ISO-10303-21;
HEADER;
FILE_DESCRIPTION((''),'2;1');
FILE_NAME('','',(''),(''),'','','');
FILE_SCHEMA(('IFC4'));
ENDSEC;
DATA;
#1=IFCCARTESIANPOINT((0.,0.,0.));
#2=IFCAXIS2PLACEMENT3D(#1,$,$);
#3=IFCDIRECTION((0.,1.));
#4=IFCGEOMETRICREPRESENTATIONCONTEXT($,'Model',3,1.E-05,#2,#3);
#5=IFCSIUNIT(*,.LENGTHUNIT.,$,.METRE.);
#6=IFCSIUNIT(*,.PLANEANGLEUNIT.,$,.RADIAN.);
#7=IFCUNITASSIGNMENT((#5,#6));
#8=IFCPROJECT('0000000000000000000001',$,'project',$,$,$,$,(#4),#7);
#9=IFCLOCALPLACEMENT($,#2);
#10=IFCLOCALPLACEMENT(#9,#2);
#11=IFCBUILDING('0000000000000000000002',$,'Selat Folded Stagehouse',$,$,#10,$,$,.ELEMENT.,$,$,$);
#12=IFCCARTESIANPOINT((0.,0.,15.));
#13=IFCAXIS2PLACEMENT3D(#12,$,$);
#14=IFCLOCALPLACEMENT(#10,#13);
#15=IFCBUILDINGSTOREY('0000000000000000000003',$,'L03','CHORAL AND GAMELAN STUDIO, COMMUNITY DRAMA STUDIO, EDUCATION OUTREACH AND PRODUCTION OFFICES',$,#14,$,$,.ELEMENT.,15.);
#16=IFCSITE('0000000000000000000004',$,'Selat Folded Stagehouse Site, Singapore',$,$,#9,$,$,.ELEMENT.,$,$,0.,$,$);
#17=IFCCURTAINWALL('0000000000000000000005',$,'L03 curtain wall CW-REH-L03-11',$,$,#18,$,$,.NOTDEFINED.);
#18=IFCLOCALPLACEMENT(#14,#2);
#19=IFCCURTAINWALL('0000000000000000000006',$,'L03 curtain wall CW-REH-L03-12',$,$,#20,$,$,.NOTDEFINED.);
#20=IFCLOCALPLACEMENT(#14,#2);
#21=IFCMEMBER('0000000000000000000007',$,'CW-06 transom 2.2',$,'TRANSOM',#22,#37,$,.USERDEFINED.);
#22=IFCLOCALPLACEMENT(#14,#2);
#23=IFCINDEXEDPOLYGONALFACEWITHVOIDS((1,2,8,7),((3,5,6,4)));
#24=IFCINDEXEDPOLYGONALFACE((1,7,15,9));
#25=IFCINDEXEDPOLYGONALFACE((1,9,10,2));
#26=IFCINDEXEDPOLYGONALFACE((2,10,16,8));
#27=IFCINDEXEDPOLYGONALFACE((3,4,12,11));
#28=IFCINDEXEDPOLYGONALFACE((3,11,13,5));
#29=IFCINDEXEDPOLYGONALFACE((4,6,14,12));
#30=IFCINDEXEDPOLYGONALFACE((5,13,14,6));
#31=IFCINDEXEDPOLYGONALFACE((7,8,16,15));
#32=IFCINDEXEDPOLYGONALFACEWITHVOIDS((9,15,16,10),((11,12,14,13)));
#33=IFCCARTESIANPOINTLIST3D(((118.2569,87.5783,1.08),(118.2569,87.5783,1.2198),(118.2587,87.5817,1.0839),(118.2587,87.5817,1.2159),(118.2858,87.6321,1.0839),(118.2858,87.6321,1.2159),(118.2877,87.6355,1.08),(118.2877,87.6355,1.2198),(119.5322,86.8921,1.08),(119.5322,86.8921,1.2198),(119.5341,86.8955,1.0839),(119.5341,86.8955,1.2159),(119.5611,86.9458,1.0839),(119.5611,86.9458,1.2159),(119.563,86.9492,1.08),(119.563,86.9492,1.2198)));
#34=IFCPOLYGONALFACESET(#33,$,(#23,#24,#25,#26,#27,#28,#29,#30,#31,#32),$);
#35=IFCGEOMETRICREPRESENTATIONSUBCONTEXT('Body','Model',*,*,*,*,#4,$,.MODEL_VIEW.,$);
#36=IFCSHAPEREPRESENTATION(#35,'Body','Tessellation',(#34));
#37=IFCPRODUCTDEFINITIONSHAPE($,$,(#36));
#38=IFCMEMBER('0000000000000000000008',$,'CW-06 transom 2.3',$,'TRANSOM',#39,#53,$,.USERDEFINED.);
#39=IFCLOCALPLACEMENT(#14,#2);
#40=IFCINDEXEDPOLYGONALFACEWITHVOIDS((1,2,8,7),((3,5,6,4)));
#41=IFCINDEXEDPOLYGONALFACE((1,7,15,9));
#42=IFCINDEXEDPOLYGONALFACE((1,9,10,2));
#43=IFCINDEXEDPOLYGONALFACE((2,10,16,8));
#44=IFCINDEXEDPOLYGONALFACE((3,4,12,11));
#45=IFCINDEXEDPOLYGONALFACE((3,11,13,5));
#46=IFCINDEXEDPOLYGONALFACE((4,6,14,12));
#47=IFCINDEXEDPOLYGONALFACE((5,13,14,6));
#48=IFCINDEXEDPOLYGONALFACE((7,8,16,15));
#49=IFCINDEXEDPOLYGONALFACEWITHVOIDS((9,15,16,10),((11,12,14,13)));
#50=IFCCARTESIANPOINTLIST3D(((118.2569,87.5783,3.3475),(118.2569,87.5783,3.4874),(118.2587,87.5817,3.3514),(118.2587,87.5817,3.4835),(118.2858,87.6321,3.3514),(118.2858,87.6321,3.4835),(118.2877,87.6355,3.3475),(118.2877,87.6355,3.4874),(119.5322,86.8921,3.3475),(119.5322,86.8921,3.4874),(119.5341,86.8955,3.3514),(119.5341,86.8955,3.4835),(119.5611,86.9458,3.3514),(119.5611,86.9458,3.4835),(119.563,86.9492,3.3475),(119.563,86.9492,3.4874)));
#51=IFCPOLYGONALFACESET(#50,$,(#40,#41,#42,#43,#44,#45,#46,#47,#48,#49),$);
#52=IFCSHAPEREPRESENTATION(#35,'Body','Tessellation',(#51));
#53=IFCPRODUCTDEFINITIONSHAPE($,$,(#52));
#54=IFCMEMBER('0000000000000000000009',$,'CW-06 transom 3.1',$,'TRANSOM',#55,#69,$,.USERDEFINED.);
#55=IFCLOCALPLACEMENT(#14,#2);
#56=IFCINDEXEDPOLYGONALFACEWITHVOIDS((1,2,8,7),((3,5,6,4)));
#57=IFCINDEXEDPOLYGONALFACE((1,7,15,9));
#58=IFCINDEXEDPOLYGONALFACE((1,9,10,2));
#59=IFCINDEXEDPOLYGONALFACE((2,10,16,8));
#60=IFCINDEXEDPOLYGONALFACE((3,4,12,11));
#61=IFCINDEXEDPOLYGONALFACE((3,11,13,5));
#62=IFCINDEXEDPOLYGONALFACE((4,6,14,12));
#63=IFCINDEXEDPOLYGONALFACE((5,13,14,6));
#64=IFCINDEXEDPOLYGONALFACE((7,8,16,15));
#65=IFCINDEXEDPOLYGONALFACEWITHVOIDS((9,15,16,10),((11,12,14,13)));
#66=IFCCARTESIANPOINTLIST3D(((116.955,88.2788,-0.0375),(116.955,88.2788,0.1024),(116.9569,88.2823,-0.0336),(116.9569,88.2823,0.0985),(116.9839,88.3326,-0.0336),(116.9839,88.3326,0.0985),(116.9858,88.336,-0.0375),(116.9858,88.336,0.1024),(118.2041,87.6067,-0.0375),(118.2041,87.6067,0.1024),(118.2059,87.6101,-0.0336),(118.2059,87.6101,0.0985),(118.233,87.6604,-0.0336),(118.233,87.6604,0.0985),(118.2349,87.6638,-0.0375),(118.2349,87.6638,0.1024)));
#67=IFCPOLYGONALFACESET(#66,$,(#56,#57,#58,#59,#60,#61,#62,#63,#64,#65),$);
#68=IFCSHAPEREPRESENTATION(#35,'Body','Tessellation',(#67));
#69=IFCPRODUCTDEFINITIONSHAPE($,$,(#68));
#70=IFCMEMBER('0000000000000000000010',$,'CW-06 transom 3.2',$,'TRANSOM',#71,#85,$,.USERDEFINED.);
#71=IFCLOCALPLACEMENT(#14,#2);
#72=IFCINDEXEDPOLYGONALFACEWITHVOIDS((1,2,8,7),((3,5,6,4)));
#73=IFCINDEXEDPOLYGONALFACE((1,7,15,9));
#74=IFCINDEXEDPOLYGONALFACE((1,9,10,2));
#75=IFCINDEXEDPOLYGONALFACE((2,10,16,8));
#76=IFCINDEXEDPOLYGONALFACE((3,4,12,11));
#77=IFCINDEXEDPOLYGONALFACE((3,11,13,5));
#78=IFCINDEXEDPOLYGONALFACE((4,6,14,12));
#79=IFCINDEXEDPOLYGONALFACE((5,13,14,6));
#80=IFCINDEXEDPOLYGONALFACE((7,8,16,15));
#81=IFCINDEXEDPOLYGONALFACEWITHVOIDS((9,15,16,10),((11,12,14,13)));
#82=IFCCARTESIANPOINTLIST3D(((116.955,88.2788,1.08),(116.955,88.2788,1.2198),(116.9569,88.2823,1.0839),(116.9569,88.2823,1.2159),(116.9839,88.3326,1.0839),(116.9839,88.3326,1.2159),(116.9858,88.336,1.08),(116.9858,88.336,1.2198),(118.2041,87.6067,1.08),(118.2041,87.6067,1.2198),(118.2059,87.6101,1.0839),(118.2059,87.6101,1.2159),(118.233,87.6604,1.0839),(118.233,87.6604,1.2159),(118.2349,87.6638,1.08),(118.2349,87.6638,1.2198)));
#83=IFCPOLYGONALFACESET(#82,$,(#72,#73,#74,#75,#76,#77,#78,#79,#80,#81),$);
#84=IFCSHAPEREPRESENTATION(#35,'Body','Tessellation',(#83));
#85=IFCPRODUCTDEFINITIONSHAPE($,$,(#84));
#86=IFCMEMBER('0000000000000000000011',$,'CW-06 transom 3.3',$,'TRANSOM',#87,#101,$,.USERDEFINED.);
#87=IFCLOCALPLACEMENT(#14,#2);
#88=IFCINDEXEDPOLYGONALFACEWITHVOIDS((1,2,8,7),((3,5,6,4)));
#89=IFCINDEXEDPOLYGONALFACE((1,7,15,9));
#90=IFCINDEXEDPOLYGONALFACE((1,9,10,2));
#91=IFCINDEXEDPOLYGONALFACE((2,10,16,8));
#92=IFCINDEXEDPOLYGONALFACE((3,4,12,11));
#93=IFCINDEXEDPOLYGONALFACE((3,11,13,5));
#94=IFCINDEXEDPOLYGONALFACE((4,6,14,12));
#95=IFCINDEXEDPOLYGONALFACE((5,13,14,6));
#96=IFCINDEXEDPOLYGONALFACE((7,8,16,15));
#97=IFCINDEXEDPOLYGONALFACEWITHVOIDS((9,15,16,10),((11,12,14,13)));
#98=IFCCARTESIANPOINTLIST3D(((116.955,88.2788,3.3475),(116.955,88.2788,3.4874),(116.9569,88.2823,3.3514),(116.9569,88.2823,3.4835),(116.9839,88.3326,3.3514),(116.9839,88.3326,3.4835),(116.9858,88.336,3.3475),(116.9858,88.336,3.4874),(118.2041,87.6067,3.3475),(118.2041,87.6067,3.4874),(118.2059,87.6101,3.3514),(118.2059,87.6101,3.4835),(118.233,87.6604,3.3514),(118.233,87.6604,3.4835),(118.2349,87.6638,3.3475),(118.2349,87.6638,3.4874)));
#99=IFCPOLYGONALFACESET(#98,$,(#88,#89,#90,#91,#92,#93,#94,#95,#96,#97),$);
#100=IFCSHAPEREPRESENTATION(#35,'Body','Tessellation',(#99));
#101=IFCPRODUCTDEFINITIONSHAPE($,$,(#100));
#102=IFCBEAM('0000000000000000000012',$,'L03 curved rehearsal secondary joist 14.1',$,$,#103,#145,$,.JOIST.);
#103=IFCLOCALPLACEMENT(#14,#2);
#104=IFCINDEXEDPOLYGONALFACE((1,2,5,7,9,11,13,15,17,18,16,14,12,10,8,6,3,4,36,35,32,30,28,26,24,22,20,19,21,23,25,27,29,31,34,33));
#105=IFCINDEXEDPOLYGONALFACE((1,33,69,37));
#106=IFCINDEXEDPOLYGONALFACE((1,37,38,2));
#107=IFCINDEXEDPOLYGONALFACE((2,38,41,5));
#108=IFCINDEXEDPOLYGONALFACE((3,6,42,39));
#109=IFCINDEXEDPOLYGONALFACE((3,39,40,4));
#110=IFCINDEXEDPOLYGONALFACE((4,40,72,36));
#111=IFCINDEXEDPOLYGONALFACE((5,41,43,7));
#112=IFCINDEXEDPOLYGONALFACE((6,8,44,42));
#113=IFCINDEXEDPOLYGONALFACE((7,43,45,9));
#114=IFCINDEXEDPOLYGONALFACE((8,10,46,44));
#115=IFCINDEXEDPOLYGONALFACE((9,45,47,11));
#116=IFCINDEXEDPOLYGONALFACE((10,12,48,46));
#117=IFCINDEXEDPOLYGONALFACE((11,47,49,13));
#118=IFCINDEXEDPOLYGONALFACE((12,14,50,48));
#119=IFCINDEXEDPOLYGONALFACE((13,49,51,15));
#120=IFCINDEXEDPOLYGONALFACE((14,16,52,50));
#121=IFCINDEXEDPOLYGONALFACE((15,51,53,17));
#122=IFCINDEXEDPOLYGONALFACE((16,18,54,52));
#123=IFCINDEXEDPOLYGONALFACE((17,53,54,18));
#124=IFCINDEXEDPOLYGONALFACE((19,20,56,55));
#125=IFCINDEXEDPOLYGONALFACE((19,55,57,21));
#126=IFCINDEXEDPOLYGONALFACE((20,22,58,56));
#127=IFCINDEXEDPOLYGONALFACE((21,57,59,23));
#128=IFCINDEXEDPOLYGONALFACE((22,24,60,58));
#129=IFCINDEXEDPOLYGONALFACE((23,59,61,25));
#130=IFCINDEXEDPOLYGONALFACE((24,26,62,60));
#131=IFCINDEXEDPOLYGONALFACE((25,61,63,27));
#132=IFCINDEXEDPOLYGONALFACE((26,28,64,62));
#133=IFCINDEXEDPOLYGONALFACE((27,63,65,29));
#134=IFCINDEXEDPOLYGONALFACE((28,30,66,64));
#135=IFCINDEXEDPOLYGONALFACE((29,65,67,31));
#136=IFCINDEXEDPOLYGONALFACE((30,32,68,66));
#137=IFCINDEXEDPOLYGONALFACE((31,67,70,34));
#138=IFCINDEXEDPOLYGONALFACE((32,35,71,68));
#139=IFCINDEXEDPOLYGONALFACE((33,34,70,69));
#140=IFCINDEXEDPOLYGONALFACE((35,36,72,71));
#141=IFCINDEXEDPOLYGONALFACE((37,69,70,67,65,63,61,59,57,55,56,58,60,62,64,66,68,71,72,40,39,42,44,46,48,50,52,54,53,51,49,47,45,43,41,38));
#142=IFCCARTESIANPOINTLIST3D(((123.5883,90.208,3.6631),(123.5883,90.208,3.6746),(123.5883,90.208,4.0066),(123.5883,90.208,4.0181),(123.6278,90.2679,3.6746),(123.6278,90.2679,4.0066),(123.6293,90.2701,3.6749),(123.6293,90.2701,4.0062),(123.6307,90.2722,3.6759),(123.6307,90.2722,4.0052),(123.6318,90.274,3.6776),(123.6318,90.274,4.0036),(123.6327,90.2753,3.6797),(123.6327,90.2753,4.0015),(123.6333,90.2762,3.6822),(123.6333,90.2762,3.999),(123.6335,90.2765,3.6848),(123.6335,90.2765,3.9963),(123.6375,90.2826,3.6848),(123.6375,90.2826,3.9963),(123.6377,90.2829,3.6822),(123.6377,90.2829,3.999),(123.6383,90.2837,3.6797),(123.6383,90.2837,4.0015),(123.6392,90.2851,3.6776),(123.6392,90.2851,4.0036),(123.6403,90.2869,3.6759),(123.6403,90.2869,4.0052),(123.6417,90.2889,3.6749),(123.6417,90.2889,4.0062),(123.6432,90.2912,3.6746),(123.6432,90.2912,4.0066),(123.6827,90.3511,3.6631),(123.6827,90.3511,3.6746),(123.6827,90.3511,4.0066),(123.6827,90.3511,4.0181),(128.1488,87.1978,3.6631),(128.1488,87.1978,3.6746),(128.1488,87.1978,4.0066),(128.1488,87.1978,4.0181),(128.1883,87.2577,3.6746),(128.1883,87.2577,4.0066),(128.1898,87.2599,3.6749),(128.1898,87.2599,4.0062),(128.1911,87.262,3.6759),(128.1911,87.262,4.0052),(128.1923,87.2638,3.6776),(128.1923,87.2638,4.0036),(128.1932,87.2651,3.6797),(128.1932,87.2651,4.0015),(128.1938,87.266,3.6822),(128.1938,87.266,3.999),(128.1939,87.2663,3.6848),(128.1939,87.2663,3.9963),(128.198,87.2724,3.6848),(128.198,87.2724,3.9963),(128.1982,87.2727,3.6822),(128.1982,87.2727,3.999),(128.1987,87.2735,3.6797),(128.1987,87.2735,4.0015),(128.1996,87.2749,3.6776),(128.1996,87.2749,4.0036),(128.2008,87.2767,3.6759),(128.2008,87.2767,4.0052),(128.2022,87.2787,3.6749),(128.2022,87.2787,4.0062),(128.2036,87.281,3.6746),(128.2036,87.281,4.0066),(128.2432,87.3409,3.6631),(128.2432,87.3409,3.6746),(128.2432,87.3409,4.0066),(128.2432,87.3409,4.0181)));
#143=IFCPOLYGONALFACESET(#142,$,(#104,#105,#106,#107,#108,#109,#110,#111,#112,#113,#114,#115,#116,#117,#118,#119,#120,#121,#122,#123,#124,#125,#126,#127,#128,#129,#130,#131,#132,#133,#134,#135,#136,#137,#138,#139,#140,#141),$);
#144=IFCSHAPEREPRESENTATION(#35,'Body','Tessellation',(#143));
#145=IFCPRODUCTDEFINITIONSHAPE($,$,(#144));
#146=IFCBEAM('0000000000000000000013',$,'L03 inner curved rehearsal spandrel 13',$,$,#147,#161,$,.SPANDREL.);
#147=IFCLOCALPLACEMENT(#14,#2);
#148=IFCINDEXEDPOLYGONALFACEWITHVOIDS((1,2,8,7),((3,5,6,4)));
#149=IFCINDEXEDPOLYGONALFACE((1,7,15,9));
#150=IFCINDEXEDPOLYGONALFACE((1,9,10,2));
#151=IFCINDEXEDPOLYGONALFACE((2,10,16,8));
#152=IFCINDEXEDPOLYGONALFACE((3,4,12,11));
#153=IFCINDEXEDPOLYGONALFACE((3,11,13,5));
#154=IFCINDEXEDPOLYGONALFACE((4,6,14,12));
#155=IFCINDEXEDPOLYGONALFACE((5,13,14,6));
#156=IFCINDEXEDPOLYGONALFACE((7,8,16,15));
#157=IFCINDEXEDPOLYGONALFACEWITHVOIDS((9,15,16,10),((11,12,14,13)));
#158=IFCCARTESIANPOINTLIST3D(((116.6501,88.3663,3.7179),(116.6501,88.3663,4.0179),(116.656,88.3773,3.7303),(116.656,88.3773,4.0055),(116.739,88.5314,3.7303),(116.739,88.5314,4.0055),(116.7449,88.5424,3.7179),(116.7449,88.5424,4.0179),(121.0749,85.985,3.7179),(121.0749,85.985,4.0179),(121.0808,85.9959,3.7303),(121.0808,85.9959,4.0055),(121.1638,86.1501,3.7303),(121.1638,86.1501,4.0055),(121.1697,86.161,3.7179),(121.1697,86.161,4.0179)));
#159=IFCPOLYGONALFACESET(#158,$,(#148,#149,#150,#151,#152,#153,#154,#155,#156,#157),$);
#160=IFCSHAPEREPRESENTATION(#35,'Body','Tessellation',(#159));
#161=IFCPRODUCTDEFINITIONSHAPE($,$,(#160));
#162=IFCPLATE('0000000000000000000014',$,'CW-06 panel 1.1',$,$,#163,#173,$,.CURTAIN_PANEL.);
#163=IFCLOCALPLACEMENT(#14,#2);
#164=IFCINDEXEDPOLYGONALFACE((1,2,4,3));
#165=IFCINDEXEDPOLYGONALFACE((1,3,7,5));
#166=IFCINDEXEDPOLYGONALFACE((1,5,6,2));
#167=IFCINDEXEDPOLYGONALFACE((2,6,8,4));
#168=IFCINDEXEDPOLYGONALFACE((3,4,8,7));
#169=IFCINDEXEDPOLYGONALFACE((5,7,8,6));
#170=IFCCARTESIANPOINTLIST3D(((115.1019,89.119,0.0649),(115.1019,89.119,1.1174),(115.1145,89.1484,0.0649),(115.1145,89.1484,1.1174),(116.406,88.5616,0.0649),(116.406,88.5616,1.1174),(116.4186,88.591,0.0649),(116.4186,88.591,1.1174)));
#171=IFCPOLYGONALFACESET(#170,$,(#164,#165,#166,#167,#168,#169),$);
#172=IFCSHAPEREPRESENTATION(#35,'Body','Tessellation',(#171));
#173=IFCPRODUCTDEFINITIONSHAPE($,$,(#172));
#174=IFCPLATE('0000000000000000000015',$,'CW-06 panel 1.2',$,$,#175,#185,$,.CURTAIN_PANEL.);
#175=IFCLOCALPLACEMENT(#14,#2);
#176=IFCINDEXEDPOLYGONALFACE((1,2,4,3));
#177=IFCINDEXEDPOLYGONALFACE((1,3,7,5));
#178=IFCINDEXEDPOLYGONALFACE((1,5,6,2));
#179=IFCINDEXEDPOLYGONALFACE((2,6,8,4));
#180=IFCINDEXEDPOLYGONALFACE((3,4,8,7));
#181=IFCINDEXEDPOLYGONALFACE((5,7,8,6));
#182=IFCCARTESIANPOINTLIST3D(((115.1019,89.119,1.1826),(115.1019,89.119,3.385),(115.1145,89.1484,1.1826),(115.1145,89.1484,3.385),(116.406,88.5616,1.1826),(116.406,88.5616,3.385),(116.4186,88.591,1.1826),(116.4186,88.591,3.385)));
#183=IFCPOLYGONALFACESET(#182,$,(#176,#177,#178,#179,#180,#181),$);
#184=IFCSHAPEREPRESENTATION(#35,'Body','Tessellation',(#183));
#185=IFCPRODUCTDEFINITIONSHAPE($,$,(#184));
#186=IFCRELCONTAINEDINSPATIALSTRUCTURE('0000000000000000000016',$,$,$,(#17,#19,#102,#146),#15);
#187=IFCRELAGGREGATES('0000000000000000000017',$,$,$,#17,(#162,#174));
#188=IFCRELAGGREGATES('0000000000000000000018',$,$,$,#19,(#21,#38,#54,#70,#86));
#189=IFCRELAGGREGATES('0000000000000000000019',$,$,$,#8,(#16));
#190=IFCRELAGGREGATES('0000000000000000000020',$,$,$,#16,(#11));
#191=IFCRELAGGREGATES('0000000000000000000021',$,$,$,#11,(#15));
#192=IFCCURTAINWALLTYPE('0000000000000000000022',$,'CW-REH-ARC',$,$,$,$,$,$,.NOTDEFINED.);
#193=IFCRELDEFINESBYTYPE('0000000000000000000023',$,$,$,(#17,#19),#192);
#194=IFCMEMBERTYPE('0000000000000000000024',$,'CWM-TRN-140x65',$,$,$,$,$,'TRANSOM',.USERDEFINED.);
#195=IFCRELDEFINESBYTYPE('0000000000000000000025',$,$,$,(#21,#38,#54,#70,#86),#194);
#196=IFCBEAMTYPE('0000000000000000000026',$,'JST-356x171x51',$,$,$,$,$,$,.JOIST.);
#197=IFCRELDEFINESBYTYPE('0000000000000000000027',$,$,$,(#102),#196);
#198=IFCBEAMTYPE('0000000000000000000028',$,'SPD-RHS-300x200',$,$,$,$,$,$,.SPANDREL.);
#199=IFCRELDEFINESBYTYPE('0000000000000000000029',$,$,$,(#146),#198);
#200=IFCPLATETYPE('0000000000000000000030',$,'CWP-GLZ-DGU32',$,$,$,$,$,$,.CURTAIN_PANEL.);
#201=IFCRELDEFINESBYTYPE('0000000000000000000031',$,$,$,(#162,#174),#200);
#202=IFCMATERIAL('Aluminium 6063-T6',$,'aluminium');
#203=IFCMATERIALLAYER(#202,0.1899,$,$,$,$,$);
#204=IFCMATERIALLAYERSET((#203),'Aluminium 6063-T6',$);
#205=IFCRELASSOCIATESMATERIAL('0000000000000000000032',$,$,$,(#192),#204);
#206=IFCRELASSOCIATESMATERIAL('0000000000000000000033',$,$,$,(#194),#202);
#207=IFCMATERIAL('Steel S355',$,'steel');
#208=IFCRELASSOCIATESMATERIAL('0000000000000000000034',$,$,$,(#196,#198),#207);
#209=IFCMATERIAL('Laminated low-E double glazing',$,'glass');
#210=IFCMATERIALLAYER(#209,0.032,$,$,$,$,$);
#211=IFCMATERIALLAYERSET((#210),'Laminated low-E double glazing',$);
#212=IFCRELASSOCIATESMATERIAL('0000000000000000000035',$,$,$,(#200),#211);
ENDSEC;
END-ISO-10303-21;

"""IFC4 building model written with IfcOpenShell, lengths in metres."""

from ifc_helpers import new_model, si_unit, direction, frame, origin, origin_2d, place, context, subcontext, project, spatial, rectangle, hollow_rectangle, i_section, extrude, material, layer, layer_set, material_profile, profile_set, type_object, element, aggregate, save


model = new_model("IFC4")

# Units and contexts
model_context = context("Model", 3, precision=1e-05, world=origin(), true_north=direction((0.0, 1.0)))
body_context = subcontext(model_context, "Body", "Model", "MODEL_VIEW")
ifc_project = project(units=[si_unit("LENGTHUNIT", "METRE"), si_unit("PLANEANGLEUNIT", "RADIAN")], contexts=[model_context])

# Site, building, storey
site_placement = place(None, origin())
site = spatial("IfcSite", under=ifc_project, at=site_placement, Name="Selat Folded Stagehouse Site, Singapore", CompositionType="ELEMENT", RefElevation=0.0)
building_placement = place(site_placement, origin())
building = spatial("IfcBuilding", under=site, at=building_placement, Name="Selat Folded Stagehouse", CompositionType="ELEMENT")
storey_placement = place(building_placement, frame((0.0, 0.0, 15.0)))
storey = spatial("IfcBuildingStorey", under=building, at=storey_placement, Name="L03", Description="CHORAL AND GAMELAN STUDIO, COMMUNITY DRAMA STUDIO, EDUCATION OUTREACH AND PRODUCTION OFFICES", CompositionType="ELEMENT", Elevation=15.0)

# Shared definitions
ifc_material_1 = material(Name="Steel S355", Category="steel")

# Curtain walls
ifc_material_2 = material(Name="Aluminium 6063-T6", Category="aluminium")
ifc_layer_1 = layer(ifc_material_2, 0.1899)
ifc_layer_set_1 = layer_set([ifc_layer_1], Name="Aluminium 6063-T6")
curtain_wall_type = type_object("IfcCurtainWallType", Name="CW-REH-ARC", PredefinedType="NOTDEFINED", material=ifc_layer_set_1)
curtain_wall_1_placement = place(storey_placement, origin())
curtain_wall_1 = element("IfcCurtainWall", 1, at=curtain_wall_1_placement, inside=storey, type_object=curtain_wall_type, Name="L03 curtain wall CW-REH-L03-11", PredefinedType="NOTDEFINED")
curtain_wall_2_placement = place(storey_placement, origin())
curtain_wall_2 = element("IfcCurtainWall", 2, at=curtain_wall_2_placement, inside=storey, type_object=curtain_wall_type, Name="L03 curtain wall CW-REH-L03-12", PredefinedType="NOTDEFINED")

# Members
ifc_material_profile_1 = material_profile(ifc_material_2, hollow_rectangle(XDim=0.0649, YDim=0.1399, WallThickness=0.0039, at=origin_2d()), Name="ALU 140x65x4.0")
ifc_profile_set_1 = profile_set([ifc_material_profile_1], Name="Aluminium 6063-T6")
member_type_1 = type_object("IfcMemberType", Name="CWM-TRN-140x65", ElementType="TRANSOM", PredefinedType="USERDEFINED", material=ifc_profile_set_1)
member_1_placement = place(storey_placement, frame((119.5476, 86.9207, 1.1499), z_axis=(-0.880606, 0.473848, 0.0), x_axis=(-0.473848, -0.880606, 0.0)))
member_1 = element("IfcMember", 3, at=member_1_placement, type_object=member_type_1, Name="CW-06 transom 2.2", ObjectType="TRANSOM", PredefinedType="USERDEFINED", context=body_context, shape_type="SweptSolid", body=[
    extrude(hollow_rectangle(XDim=0.0649, YDim=0.1399, WallThickness=0.0039, at=origin_2d()), origin(), (0.0, 0.0, 1.0), 1.4482),
])
member_2_placement = place(storey_placement, frame((119.5476, 86.9207, 3.4175), z_axis=(-0.880606, 0.473848, 0.0), x_axis=(-0.473848, -0.880606, 0.0)))
member_2 = element("IfcMember", 4, at=member_2_placement, type_object=member_type_1, Name="CW-06 transom 2.3", ObjectType="TRANSOM", PredefinedType="USERDEFINED", context=body_context, shape_type="SweptSolid", body=[
    extrude(hollow_rectangle(XDim=0.0649, YDim=0.1399, WallThickness=0.0039, at=origin_2d()), origin(), (0.0, 0.0, 1.0), 1.4482),
])
member_3_placement = place(storey_placement, frame((118.2195, 87.6353, 0.0325), z_axis=(-0.880598, 0.473864, 0.0), x_axis=(-0.473864, -0.880598, 0.0)))
member_3 = element("IfcMember", 5, at=member_3_placement, type_object=member_type_1, Name="CW-06 transom 3.1", ObjectType="TRANSOM", PredefinedType="USERDEFINED", context=body_context, shape_type="SweptSolid", body=[
    extrude(hollow_rectangle(XDim=0.0649, YDim=0.1399, WallThickness=0.0039, at=origin_2d()), origin(), (0.0, 0.0, 1.0), 1.4185),
])
member_4_placement = place(storey_placement, frame((118.2195, 87.6353, 1.1499), z_axis=(-0.880598, 0.473864, 0.0), x_axis=(-0.473864, -0.880598, 0.0)))
member_4 = element("IfcMember", 6, at=member_4_placement, type_object=member_type_1, Name="CW-06 transom 3.2", ObjectType="TRANSOM", PredefinedType="USERDEFINED", context=body_context, shape_type="SweptSolid", body=[
    extrude(hollow_rectangle(XDim=0.0649, YDim=0.1399, WallThickness=0.0039, at=origin_2d()), origin(), (0.0, 0.0, 1.0), 1.4185),
])
member_5_placement = place(storey_placement, frame((118.2195, 87.6353, 3.4175), z_axis=(-0.880598, 0.473864, 0.0), x_axis=(-0.473864, -0.880598, 0.0)))
member_5 = element("IfcMember", 7, at=member_5_placement, type_object=member_type_1, Name="CW-06 transom 3.3", ObjectType="TRANSOM", PredefinedType="USERDEFINED", context=body_context, shape_type="SweptSolid", body=[
    extrude(hollow_rectangle(XDim=0.0649, YDim=0.1399, WallThickness=0.0039, at=origin_2d()), origin(), (0.0, 0.0, 1.0), 1.4185),
])

# Beams
ifc_material_profile_2 = material_profile(ifc_material_1, i_section(OverallWidth=0.1714, OverallDepth=0.355, WebThickness=0.0073, FlangeThickness=0.0115, FilletRadius=0.0103, at=origin_2d()), Name="UKB 356x171x51")
ifc_profile_set_2 = profile_set([ifc_material_profile_2], Name="Steel S355")
beam_type_1 = type_object("IfcBeamType", Name="JST-356x171x51", PredefinedType="JOIST", material=ifc_profile_set_2)
beam_1_placement = place(storey_placement, frame((123.6355, 90.2795, 3.8406), z_axis=(0.834585, -0.55088, 0.0), x_axis=(0.55088, 0.834585, 0.0)))
element("IfcBeam", 8, at=beam_1_placement, inside=storey, type_object=beam_type_1, Name="L03 curved rehearsal secondary joist 14.1", PredefinedType="JOIST", context=body_context, shape_type="SweptSolid", body=[
    extrude(i_section(OverallWidth=0.1714, OverallDepth=0.355, WebThickness=0.0073, FlangeThickness=0.0115, FilletRadius=0.0103, at=origin_2d()), origin(), (0.0, 0.0, 1.0), 5.4644),
])
ifc_material_profile_3 = material_profile(ifc_material_1, hollow_rectangle(XDim=0.2, YDim=0.3, WallThickness=0.0125, at=origin_2d()), Name="RHS 300x200x12.5")
ifc_profile_set_3 = profile_set([ifc_material_profile_3], Name="Steel S355")
beam_type_2 = type_object("IfcBeamType", Name="SPD-RHS-300x200", PredefinedType="SPANDREL", material=ifc_profile_set_3)
beam_2_placement = place(storey_placement, frame((116.6975, 88.4543, 3.8679), z_axis=(0.880574, -0.473909, 0.0), x_axis=(0.473909, 0.880574, 0.0)))
element("IfcBeam", 9, at=beam_2_placement, inside=storey, type_object=beam_type_2, Name="L03 inner curved rehearsal spandrel 13", PredefinedType="SPANDREL", context=body_context, shape_type="SweptSolid", body=[
    extrude(hollow_rectangle(XDim=0.2, YDim=0.3, WallThickness=0.0125, at=origin_2d()), origin(), (0.0, 0.0, 1.0), 5.0249),
])

# Plates
ifc_material_3 = material(Name="Laminated low-E double glazing", Category="glass")
ifc_layer_2 = layer(ifc_material_3, 0.032)
ifc_layer_set_2 = layer_set([ifc_layer_2], Name="Laminated low-E double glazing")
plate_type_1 = type_object("IfcPlateType", Name="CWP-GLZ-DGU32", PredefinedType="CURTAIN_PANEL", material=ifc_layer_set_2)
plate_1_placement = place(storey_placement, frame((115.7603, 88.855, 0.0649), z_axis=(0.0, 0.0, 1.0), x_axis=(-0.919533, 0.393012, 0.0)))
plate_1 = element("IfcPlate", 10, at=plate_1_placement, type_object=plate_type_1, Name="CW-06 panel 1.1", PredefinedType="CURTAIN_PANEL", context=body_context, shape_type="SweptSolid", body=[
    extrude(rectangle(XDim=1.4182, YDim=0.032, at=origin_2d()), origin(), (0.0, 0.0, 1.0), 1.0525),
])
plate_2_placement = place(storey_placement, frame((115.7603, 88.855, 1.1826), z_axis=(0.0, 0.0, 1.0), x_axis=(-0.919533, 0.393012, 0.0)))
plate_2 = element("IfcPlate", 11, at=plate_2_placement, type_object=plate_type_1, Name="CW-06 panel 1.2", PredefinedType="CURTAIN_PANEL", context=body_context, shape_type="SweptSolid", body=[
    extrude(rectangle(XDim=1.4182, YDim=0.032, at=origin_2d()), origin(), (0.0, 0.0, 1.0), 2.2024),
])
aggregate(curtain_wall_1, [plate_1, plate_2])
aggregate(curtain_wall_2, [member_1, member_2, member_3, member_4, member_5])

save(model, "model.ifc")
